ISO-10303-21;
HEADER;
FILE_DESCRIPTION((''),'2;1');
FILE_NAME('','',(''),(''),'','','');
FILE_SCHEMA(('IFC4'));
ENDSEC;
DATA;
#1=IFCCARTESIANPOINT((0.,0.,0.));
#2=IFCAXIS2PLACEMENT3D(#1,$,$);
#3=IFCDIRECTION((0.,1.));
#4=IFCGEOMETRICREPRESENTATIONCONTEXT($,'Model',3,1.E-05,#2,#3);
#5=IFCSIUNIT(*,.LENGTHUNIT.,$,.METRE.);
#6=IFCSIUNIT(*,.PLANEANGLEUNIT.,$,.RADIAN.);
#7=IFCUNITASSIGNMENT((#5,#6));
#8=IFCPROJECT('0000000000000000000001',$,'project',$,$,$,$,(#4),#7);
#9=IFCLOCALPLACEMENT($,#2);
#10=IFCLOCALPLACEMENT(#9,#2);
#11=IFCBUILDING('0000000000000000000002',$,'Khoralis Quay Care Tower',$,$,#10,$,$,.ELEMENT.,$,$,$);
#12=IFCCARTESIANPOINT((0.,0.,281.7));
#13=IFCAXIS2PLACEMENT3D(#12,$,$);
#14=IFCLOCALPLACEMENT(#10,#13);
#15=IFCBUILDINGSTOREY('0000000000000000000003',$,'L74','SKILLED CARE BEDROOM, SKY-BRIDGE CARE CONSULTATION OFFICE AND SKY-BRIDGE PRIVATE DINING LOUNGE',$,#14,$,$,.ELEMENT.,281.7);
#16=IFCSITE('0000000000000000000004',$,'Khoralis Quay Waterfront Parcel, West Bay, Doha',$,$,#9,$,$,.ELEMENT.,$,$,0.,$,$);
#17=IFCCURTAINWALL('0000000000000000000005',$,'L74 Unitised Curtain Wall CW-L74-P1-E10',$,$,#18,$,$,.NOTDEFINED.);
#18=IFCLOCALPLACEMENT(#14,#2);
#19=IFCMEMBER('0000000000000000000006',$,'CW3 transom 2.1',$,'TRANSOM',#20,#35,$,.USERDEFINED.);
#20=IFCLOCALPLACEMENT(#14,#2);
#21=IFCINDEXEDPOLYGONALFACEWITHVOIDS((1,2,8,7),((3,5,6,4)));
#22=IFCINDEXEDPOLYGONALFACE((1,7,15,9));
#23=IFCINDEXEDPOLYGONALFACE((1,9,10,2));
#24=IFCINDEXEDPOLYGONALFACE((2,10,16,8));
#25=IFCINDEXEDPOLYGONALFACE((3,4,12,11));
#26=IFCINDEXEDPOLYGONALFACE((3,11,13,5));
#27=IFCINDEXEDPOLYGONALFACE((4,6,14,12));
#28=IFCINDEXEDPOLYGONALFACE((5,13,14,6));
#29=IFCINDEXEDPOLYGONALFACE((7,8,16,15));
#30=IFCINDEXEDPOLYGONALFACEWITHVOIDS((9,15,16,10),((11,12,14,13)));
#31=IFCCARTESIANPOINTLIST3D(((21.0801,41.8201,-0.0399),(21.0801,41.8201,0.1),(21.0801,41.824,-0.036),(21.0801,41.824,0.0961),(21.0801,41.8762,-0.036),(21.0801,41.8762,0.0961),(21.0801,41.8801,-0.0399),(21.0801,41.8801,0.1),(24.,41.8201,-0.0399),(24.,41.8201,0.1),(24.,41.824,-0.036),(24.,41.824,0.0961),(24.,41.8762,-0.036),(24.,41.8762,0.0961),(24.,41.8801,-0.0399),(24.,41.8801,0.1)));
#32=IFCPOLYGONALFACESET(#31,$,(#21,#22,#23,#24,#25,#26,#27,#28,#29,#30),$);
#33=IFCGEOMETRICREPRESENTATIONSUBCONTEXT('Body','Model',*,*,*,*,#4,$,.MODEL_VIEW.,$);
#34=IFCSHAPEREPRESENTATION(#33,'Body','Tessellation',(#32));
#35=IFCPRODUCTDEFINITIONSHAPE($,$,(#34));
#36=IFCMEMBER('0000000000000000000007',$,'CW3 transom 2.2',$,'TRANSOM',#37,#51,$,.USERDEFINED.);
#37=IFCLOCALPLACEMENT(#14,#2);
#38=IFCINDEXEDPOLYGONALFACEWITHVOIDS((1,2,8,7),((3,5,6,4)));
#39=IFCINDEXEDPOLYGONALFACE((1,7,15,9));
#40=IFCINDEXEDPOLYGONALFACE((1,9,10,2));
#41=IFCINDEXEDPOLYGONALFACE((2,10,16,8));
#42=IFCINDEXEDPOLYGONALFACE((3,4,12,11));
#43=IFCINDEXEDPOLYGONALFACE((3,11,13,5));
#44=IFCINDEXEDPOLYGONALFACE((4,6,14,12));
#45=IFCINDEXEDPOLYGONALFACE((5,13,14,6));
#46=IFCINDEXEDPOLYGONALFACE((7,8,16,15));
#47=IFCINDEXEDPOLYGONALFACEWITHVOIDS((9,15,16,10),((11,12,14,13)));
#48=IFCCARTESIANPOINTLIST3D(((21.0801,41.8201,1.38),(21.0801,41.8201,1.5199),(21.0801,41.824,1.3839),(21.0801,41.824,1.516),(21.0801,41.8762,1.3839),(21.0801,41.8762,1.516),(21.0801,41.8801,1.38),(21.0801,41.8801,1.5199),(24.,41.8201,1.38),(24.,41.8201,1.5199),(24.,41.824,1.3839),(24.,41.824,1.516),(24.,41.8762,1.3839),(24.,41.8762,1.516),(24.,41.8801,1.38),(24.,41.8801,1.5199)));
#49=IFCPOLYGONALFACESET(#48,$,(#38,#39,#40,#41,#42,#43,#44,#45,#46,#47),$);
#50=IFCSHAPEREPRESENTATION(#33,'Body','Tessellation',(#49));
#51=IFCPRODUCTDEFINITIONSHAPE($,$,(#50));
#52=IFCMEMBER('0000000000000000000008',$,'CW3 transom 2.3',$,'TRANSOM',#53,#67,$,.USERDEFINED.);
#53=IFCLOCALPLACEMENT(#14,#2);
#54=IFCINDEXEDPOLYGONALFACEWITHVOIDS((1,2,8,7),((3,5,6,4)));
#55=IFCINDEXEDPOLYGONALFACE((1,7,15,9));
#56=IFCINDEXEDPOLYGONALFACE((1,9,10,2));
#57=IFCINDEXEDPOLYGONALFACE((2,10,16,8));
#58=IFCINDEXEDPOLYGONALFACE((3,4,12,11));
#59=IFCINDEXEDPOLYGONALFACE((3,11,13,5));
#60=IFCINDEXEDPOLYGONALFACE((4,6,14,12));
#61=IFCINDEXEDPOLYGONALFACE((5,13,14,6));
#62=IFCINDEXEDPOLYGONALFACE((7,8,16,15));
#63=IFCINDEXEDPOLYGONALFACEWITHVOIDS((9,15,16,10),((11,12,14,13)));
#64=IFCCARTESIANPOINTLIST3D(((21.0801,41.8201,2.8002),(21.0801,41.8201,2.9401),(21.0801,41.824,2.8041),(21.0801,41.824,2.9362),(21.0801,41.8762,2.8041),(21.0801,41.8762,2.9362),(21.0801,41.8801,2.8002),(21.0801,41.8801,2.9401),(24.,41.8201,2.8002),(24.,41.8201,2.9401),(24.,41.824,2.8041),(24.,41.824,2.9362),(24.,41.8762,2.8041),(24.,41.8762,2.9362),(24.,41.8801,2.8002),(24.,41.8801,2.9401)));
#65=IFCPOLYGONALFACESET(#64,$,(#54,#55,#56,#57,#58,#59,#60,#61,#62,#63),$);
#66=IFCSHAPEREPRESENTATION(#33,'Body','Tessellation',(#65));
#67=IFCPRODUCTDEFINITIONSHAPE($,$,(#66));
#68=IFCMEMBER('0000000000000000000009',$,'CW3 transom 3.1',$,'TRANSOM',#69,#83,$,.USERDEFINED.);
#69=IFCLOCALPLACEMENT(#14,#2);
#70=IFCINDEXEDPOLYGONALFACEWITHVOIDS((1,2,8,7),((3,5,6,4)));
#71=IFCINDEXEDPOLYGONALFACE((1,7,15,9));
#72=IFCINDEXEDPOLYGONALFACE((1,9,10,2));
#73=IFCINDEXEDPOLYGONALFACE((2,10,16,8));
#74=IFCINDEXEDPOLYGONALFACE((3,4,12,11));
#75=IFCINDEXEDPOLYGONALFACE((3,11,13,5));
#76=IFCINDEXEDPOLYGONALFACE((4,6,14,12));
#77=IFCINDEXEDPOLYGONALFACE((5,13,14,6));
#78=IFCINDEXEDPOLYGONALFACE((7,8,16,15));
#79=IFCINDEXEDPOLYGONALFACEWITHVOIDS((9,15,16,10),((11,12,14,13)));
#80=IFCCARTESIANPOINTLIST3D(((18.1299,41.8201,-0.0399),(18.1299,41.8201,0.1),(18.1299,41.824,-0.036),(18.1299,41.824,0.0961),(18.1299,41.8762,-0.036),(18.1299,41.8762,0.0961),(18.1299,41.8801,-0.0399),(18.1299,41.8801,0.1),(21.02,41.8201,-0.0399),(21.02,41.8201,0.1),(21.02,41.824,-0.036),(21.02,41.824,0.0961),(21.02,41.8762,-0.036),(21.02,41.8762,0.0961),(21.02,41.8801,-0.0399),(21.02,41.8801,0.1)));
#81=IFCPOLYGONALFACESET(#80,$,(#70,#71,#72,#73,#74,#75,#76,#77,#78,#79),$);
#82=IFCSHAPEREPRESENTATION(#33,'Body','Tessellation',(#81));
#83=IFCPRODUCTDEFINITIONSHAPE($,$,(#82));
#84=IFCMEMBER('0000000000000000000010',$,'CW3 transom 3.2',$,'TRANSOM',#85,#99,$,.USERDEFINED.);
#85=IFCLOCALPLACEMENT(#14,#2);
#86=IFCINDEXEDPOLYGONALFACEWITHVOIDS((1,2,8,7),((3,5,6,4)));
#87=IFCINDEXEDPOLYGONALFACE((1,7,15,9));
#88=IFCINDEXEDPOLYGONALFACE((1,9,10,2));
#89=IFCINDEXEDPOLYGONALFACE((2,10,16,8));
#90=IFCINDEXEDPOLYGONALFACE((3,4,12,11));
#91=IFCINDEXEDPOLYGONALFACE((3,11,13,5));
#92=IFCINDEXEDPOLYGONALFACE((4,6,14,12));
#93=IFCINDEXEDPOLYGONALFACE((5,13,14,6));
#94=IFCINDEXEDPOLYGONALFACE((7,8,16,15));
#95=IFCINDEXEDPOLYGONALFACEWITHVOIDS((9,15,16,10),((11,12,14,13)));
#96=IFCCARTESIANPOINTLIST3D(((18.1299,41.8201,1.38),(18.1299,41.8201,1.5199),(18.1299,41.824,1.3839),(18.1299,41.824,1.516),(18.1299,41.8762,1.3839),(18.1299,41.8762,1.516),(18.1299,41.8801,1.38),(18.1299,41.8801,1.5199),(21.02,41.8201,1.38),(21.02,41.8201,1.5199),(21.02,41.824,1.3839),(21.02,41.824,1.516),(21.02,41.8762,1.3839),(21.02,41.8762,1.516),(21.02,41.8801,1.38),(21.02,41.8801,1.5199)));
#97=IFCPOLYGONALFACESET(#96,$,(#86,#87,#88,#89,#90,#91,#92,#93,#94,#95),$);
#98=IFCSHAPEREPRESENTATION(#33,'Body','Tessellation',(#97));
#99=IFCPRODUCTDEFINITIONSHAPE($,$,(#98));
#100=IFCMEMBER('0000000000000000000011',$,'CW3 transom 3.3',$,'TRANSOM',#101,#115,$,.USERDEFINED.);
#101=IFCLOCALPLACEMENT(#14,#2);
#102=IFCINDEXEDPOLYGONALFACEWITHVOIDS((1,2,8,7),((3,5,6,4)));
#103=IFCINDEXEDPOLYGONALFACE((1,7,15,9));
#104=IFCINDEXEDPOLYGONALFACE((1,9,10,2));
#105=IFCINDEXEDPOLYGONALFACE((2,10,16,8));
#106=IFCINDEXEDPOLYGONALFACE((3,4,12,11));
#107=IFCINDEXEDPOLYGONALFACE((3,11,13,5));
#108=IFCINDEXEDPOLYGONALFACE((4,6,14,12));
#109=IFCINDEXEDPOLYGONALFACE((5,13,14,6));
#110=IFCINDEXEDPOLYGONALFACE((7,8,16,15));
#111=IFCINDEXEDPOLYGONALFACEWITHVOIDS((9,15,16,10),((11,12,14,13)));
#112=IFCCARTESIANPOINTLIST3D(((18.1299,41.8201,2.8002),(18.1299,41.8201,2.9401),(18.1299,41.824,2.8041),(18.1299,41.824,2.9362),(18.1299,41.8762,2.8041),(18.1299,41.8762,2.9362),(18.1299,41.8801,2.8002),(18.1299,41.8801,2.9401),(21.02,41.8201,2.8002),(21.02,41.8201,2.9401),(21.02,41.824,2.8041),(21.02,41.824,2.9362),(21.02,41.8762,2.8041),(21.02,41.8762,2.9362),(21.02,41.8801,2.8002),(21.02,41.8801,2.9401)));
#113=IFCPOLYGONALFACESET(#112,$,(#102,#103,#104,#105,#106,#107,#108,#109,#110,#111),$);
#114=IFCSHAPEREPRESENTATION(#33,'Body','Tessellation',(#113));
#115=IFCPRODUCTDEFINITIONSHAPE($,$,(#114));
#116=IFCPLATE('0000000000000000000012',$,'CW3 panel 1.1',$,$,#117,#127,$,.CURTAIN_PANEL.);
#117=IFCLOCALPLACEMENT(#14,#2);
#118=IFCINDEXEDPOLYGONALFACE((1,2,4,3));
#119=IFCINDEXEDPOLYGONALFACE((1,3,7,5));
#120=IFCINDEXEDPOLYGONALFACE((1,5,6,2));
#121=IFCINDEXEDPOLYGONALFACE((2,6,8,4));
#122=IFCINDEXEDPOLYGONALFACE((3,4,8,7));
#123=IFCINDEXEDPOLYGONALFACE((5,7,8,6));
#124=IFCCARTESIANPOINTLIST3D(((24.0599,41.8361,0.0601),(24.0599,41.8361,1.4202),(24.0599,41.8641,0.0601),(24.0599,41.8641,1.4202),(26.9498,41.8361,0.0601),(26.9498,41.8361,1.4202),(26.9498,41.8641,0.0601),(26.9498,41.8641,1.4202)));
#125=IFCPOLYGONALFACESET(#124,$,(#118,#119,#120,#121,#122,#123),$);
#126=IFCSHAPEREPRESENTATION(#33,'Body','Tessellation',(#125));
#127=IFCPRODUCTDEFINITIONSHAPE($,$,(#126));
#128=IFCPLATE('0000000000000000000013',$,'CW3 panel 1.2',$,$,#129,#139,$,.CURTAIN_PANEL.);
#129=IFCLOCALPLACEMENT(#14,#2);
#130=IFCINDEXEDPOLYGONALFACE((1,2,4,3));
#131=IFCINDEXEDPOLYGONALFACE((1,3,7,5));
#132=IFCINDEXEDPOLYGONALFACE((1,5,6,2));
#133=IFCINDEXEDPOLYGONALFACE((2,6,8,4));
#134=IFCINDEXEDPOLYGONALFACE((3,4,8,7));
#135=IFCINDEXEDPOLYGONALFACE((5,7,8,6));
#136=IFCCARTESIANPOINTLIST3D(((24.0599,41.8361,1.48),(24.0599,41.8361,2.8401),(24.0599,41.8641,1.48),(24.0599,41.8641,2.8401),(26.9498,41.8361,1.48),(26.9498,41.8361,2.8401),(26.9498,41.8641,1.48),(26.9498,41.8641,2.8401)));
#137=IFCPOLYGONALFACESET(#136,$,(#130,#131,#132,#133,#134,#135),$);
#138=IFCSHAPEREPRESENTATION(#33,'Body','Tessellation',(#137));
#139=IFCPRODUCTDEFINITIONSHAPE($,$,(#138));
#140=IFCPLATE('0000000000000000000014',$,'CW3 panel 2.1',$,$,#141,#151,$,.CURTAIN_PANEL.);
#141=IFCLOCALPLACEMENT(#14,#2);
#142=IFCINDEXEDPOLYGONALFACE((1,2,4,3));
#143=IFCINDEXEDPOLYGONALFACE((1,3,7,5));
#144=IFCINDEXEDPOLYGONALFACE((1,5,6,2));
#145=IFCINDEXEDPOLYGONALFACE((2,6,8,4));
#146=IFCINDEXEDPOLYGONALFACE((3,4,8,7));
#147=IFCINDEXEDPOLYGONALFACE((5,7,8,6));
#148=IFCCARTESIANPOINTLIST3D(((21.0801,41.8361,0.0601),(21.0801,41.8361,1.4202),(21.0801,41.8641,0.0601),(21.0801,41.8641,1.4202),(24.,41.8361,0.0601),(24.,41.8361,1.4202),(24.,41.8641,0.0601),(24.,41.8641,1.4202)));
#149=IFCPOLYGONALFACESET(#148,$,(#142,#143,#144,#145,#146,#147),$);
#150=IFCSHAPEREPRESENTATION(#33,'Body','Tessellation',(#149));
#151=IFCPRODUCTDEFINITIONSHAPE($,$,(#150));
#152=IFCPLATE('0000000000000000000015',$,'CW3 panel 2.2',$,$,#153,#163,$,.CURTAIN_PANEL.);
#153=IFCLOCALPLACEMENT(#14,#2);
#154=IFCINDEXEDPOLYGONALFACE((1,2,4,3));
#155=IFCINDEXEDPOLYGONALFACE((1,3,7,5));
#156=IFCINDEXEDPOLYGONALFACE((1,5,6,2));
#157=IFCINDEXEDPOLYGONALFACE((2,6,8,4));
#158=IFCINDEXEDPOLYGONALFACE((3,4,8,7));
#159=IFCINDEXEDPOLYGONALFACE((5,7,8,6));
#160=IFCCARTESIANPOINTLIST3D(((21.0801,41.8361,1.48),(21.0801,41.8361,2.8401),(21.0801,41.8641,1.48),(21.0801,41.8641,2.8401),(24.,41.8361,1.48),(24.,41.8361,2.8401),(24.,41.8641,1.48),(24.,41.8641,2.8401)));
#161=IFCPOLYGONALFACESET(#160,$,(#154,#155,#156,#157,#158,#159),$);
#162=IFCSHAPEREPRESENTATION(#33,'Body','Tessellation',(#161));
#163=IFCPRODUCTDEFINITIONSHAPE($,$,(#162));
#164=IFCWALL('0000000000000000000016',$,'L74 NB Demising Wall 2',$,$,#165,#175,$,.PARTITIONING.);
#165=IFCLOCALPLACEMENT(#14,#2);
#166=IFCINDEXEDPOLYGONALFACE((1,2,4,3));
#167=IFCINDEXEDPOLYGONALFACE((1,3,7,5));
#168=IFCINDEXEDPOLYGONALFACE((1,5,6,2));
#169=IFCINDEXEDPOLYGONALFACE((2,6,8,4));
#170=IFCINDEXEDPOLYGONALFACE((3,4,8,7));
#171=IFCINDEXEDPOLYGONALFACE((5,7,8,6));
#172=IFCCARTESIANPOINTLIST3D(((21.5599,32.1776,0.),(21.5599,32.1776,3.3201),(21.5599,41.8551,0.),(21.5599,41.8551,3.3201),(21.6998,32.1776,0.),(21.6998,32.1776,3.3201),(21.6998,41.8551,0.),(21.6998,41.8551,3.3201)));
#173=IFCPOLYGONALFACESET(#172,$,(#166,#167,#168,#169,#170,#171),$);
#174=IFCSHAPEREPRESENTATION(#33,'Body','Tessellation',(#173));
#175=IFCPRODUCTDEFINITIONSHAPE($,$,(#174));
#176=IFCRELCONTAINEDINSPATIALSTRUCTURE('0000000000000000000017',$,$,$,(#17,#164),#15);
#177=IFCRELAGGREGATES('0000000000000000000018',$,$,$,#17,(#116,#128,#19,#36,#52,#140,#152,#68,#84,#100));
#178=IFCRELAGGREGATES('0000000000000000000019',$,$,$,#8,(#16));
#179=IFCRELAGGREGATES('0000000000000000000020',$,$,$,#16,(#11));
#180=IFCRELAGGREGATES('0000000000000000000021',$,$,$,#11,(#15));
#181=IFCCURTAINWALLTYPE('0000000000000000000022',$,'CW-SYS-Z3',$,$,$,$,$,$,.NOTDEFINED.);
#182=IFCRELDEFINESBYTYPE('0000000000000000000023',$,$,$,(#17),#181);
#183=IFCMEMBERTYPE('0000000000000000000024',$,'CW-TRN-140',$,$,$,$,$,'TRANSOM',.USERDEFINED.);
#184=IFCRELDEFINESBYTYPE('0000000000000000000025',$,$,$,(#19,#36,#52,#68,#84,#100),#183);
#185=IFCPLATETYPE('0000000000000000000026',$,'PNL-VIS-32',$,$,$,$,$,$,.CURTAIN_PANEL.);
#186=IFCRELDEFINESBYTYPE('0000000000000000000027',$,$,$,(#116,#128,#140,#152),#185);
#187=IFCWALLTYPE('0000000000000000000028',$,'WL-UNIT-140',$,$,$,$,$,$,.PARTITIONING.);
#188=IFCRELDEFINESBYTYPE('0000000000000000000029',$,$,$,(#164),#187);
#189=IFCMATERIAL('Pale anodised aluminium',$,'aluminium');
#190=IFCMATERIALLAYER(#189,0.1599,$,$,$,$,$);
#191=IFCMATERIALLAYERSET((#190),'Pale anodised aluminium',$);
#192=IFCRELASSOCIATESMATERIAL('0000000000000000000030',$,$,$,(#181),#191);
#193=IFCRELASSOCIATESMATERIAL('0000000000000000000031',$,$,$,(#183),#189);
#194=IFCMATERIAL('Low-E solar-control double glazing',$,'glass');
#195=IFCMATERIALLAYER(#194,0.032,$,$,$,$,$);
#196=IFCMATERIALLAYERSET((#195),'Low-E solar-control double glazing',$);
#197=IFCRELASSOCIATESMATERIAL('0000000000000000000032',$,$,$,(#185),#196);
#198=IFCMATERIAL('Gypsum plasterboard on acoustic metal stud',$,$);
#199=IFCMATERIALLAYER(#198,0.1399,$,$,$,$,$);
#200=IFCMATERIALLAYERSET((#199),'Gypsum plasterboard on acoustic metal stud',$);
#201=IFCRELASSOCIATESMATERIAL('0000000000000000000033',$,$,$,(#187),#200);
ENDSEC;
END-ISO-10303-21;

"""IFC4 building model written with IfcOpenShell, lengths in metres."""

from ifc_helpers import new_model, si_unit, direction, frame, frame_2d, origin, origin_2d, place, context, subcontext, project, spatial, rectangle, hollow_rectangle, extrude, source, transform, mapped, material, layer, layer_set, material_profile, profile_set, type_object, element, aggregate, save


model = new_model("IFC4")

# Units and contexts
model_context = context("Model", 3, precision=1e-05, world=origin(), true_north=direction((0.0, 1.0)))
body_context = subcontext(model_context, "Body", "Model", "MODEL_VIEW")
ifc_project = project(units=[si_unit("LENGTHUNIT", "METRE"), si_unit("PLANEANGLEUNIT", "RADIAN")], contexts=[model_context])

# Site, building, storey
site_placement = place(None, origin())
site = spatial("IfcSite", under=ifc_project, at=site_placement, Name="Khoralis Quay Waterfront Parcel, West Bay, Doha", CompositionType="ELEMENT", RefElevation=0.0)
building_placement = place(site_placement, origin())
building = spatial("IfcBuilding", under=site, at=building_placement, Name="Khoralis Quay Care Tower", CompositionType="ELEMENT")
storey_placement = place(building_placement, frame((0.0, 0.0, 281.7)))
storey = spatial("IfcBuildingStorey", under=building, at=storey_placement, Name="L74", Description="SKILLED CARE BEDROOM, SKY-BRIDGE CARE CONSULTATION OFFICE AND SKY-BRIDGE PRIVATE DINING LOUNGE", CompositionType="ELEMENT", Elevation=281.7)

# Curtain wall, members, plates
ifc_material_1 = material(Name="Pale anodised aluminium", Category="aluminium")
ifc_layer_1 = layer(ifc_material_1, 0.1599)
ifc_layer_set_1 = layer_set([ifc_layer_1], Name="Pale anodised aluminium")
curtain_wall_type = type_object("IfcCurtainWallType", Name="CW-SYS-Z3", PredefinedType="NOTDEFINED", material=ifc_layer_set_1)
curtain_wall_placement = place(storey_placement, origin())
curtain_wall = element("IfcCurtainWall", 1, at=curtain_wall_placement, inside=storey, type_object=curtain_wall_type, Name="L74 Unitised Curtain Wall CW-L74-P1-E10", PredefinedType="NOTDEFINED")
ifc_material_profile_1 = material_profile(ifc_material_1, hollow_rectangle(XDim=0.0601, YDim=0.1399, WallThickness=0.0039, at=origin_2d()), Name="Pale anodised aluminium")
ifc_profile_set_1 = profile_set([ifc_material_profile_1], Name="Pale anodised aluminium")
member_type_1 = type_object("IfcMemberType", Name="CW-TRN-140", ElementType="TRANSOM", PredefinedType="USERDEFINED", material=ifc_profile_set_1)
shared_shape_1 = source(origin(), body_context, "Body", "SweptSolid", [
    extrude(hollow_rectangle(XDim=0.0601, YDim=0.1399, WallThickness=0.0039, at=origin_2d()), origin(), (0.0, 0.0, 1.0), 2.9199),
])
member_1_placement = place(storey_placement, frame((24.0, 41.8501, 0.03), z_axis=(-1.0, 0.0, 0.0), x_axis=(0.0, -1.0, 0.0)))
member_1 = element("IfcMember", 2, at=member_1_placement, type_object=member_type_1, Name="CW3 transom 2.1", ObjectType="TRANSOM", PredefinedType="USERDEFINED", context=body_context, shape_type="MappedRepresentation", body=[
    mapped(shared_shape_1, transform((0.0, 0.0, 0.0), scale=1.0)),
])
member_2_placement = place(storey_placement, frame((24.0, 41.8501, 1.45), z_axis=(-1.0, 0.0, 0.0), x_axis=(0.0, -1.0, 0.0)))
member_2 = element("IfcMember", 3, at=member_2_placement, type_object=member_type_1, Name="CW3 transom 2.2", ObjectType="TRANSOM", PredefinedType="USERDEFINED", context=body_context, shape_type="MappedRepresentation", body=[
    mapped(shared_shape_1, transform((0.0, 0.0, 0.0), scale=1.0)),
])
member_3_placement = place(storey_placement, frame((24.0, 41.8501, 2.8701), z_axis=(-1.0, 0.0, 0.0), x_axis=(0.0, -1.0, 0.0)))
member_3 = element("IfcMember", 4, at=member_3_placement, type_object=member_type_1, Name="CW3 transom 2.3", ObjectType="TRANSOM", PredefinedType="USERDEFINED", context=body_context, shape_type="MappedRepresentation", body=[
    mapped(shared_shape_1, transform((0.0, 0.0, 0.0), scale=1.0)),
])
shared_shape_2 = source(origin(), body_context, "Body", "SweptSolid", [
    extrude(hollow_rectangle(XDim=0.0601, YDim=0.1399, WallThickness=0.0039, at=origin_2d()), origin(), (0.0, 0.0, 1.0), 2.8901),
])
member_4_placement = place(storey_placement, frame((21.02, 41.8501, 0.03), z_axis=(-1.0, 0.0, 0.0), x_axis=(0.0, -1.0, 0.0)))
member_4 = element("IfcMember", 5, at=member_4_placement, type_object=member_type_1, Name="CW3 transom 3.1", ObjectType="TRANSOM", PredefinedType="USERDEFINED", context=body_context, shape_type="MappedRepresentation", body=[
    mapped(shared_shape_2, transform((0.0, 0.0, 0.0), scale=1.0)),
])
member_5_placement = place(storey_placement, frame((21.02, 41.8501, 1.45), z_axis=(-1.0, 0.0, 0.0), x_axis=(0.0, -1.0, 0.0)))
member_5 = element("IfcMember", 6, at=member_5_placement, type_object=member_type_1, Name="CW3 transom 3.2", ObjectType="TRANSOM", PredefinedType="USERDEFINED", context=body_context, shape_type="MappedRepresentation", body=[
    mapped(shared_shape_2, transform((0.0, 0.0, 0.0), scale=1.0)),
])
member_6_placement = place(storey_placement, frame((21.02, 41.8501, 2.8701), z_axis=(-1.0, 0.0, 0.0), x_axis=(0.0, -1.0, 0.0)))
member_6 = element("IfcMember", 7, at=member_6_placement, type_object=member_type_1, Name="CW3 transom 3.3", ObjectType="TRANSOM", PredefinedType="USERDEFINED", context=body_context, shape_type="MappedRepresentation", body=[
    mapped(shared_shape_2, transform((0.0, 0.0, 0.0), scale=1.0)),
])
ifc_material_2 = material(Name="Low-E solar-control double glazing", Category="glass")
ifc_layer_2 = layer(ifc_material_2, 0.032)
ifc_layer_set_2 = layer_set([ifc_layer_2], Name="Low-E solar-control double glazing")
plate_type = type_object("IfcPlateType", Name="PNL-VIS-32", PredefinedType="CURTAIN_PANEL", material=ifc_layer_set_2)
shared_shape_3 = source(origin(), body_context, "Body", "SweptSolid", [
    extrude(rectangle(XDim=2.8899, YDim=0.0281, at=origin_2d()), origin(), (0.0, 0.0, 1.0), 1.3601),
])
plate_1_placement = place(storey_placement, frame((25.5049, 41.8501, 0.0601), z_axis=(0.0, 0.0, 1.0), x_axis=(-1.0, 0.0, 0.0)))
plate_1 = element("IfcPlate", 8, at=plate_1_placement, type_object=plate_type, Name="CW3 panel 1.1", PredefinedType="CURTAIN_PANEL", context=body_context, shape_type="MappedRepresentation", body=[
    mapped(shared_shape_3, transform((0.0, 0.0, 0.0), scale=1.0)),
])
plate_2_placement = place(storey_placement, frame((25.5049, 41.8501, 1.48), z_axis=(0.0, 0.0, 1.0), x_axis=(-1.0, 0.0, 0.0)))
plate_2 = element("IfcPlate", 9, at=plate_2_placement, type_object=plate_type, Name="CW3 panel 1.2", PredefinedType="CURTAIN_PANEL", context=body_context, shape_type="MappedRepresentation", body=[
    mapped(shared_shape_3, transform((0.0, 0.0, 0.0), scale=1.0)),
])
shared_shape_4 = source(origin(), body_context, "Body", "SweptSolid", [
    extrude(rectangle(XDim=2.9199, YDim=0.0281, at=origin_2d()), origin(), (0.0, 0.0, 1.0), 1.3601),
])
plate_3_placement = place(storey_placement, frame((22.54, 41.8501, 0.0601), z_axis=(0.0, 0.0, 1.0), x_axis=(-1.0, 0.0, 0.0)))
plate_3 = element("IfcPlate", 10, at=plate_3_placement, type_object=plate_type, Name="CW3 panel 2.1", PredefinedType="CURTAIN_PANEL", context=body_context, shape_type="MappedRepresentation", body=[
    mapped(shared_shape_4, transform((0.0, 0.0, 0.0), scale=1.0)),
])
plate_4_placement = place(storey_placement, frame((22.54, 41.8501, 1.48), z_axis=(0.0, 0.0, 1.0), x_axis=(-1.0, 0.0, 0.0)))
plate_4 = element("IfcPlate", 11, at=plate_4_placement, type_object=plate_type, Name="CW3 panel 2.2", PredefinedType="CURTAIN_PANEL", context=body_context, shape_type="MappedRepresentation", body=[
    mapped(shared_shape_4, transform((0.0, 0.0, 0.0), scale=1.0)),
])
aggregate(curtain_wall, [plate_1, plate_2, member_1, member_2, member_3, plate_3, plate_4, member_4, member_5, member_6])

# Wall
ifc_material_3 = material(Name="Gypsum plasterboard on acoustic metal stud")
ifc_layer_3 = layer(ifc_material_3, 0.1399)
ifc_layer_set_3 = layer_set([ifc_layer_3], Name="Gypsum plasterboard on acoustic metal stud")
wall_type = type_object("IfcWallType", Name="WL-UNIT-140", PredefinedType="PARTITIONING", material=ifc_layer_set_3)
wall_placement = place(storey_placement, frame((21.6299, 32.1775, 0.0), z_axis=(0.0, 0.0, 1.0), x_axis=(0.0, 1.0, 0.0)))
element("IfcWall", 12, at=wall_placement, inside=storey, type_object=wall_type, Name="L74 NB Demising Wall 2", PredefinedType="PARTITIONING", context=body_context, shape_type="SweptSolid", body=[
    extrude(rectangle(XDim=9.6775, YDim=0.1399, at=frame_2d((4.8389, 0.0))), origin(), (0.0, 0.0, 1.0), 3.3201),
])

save(model, "model.ifc")
